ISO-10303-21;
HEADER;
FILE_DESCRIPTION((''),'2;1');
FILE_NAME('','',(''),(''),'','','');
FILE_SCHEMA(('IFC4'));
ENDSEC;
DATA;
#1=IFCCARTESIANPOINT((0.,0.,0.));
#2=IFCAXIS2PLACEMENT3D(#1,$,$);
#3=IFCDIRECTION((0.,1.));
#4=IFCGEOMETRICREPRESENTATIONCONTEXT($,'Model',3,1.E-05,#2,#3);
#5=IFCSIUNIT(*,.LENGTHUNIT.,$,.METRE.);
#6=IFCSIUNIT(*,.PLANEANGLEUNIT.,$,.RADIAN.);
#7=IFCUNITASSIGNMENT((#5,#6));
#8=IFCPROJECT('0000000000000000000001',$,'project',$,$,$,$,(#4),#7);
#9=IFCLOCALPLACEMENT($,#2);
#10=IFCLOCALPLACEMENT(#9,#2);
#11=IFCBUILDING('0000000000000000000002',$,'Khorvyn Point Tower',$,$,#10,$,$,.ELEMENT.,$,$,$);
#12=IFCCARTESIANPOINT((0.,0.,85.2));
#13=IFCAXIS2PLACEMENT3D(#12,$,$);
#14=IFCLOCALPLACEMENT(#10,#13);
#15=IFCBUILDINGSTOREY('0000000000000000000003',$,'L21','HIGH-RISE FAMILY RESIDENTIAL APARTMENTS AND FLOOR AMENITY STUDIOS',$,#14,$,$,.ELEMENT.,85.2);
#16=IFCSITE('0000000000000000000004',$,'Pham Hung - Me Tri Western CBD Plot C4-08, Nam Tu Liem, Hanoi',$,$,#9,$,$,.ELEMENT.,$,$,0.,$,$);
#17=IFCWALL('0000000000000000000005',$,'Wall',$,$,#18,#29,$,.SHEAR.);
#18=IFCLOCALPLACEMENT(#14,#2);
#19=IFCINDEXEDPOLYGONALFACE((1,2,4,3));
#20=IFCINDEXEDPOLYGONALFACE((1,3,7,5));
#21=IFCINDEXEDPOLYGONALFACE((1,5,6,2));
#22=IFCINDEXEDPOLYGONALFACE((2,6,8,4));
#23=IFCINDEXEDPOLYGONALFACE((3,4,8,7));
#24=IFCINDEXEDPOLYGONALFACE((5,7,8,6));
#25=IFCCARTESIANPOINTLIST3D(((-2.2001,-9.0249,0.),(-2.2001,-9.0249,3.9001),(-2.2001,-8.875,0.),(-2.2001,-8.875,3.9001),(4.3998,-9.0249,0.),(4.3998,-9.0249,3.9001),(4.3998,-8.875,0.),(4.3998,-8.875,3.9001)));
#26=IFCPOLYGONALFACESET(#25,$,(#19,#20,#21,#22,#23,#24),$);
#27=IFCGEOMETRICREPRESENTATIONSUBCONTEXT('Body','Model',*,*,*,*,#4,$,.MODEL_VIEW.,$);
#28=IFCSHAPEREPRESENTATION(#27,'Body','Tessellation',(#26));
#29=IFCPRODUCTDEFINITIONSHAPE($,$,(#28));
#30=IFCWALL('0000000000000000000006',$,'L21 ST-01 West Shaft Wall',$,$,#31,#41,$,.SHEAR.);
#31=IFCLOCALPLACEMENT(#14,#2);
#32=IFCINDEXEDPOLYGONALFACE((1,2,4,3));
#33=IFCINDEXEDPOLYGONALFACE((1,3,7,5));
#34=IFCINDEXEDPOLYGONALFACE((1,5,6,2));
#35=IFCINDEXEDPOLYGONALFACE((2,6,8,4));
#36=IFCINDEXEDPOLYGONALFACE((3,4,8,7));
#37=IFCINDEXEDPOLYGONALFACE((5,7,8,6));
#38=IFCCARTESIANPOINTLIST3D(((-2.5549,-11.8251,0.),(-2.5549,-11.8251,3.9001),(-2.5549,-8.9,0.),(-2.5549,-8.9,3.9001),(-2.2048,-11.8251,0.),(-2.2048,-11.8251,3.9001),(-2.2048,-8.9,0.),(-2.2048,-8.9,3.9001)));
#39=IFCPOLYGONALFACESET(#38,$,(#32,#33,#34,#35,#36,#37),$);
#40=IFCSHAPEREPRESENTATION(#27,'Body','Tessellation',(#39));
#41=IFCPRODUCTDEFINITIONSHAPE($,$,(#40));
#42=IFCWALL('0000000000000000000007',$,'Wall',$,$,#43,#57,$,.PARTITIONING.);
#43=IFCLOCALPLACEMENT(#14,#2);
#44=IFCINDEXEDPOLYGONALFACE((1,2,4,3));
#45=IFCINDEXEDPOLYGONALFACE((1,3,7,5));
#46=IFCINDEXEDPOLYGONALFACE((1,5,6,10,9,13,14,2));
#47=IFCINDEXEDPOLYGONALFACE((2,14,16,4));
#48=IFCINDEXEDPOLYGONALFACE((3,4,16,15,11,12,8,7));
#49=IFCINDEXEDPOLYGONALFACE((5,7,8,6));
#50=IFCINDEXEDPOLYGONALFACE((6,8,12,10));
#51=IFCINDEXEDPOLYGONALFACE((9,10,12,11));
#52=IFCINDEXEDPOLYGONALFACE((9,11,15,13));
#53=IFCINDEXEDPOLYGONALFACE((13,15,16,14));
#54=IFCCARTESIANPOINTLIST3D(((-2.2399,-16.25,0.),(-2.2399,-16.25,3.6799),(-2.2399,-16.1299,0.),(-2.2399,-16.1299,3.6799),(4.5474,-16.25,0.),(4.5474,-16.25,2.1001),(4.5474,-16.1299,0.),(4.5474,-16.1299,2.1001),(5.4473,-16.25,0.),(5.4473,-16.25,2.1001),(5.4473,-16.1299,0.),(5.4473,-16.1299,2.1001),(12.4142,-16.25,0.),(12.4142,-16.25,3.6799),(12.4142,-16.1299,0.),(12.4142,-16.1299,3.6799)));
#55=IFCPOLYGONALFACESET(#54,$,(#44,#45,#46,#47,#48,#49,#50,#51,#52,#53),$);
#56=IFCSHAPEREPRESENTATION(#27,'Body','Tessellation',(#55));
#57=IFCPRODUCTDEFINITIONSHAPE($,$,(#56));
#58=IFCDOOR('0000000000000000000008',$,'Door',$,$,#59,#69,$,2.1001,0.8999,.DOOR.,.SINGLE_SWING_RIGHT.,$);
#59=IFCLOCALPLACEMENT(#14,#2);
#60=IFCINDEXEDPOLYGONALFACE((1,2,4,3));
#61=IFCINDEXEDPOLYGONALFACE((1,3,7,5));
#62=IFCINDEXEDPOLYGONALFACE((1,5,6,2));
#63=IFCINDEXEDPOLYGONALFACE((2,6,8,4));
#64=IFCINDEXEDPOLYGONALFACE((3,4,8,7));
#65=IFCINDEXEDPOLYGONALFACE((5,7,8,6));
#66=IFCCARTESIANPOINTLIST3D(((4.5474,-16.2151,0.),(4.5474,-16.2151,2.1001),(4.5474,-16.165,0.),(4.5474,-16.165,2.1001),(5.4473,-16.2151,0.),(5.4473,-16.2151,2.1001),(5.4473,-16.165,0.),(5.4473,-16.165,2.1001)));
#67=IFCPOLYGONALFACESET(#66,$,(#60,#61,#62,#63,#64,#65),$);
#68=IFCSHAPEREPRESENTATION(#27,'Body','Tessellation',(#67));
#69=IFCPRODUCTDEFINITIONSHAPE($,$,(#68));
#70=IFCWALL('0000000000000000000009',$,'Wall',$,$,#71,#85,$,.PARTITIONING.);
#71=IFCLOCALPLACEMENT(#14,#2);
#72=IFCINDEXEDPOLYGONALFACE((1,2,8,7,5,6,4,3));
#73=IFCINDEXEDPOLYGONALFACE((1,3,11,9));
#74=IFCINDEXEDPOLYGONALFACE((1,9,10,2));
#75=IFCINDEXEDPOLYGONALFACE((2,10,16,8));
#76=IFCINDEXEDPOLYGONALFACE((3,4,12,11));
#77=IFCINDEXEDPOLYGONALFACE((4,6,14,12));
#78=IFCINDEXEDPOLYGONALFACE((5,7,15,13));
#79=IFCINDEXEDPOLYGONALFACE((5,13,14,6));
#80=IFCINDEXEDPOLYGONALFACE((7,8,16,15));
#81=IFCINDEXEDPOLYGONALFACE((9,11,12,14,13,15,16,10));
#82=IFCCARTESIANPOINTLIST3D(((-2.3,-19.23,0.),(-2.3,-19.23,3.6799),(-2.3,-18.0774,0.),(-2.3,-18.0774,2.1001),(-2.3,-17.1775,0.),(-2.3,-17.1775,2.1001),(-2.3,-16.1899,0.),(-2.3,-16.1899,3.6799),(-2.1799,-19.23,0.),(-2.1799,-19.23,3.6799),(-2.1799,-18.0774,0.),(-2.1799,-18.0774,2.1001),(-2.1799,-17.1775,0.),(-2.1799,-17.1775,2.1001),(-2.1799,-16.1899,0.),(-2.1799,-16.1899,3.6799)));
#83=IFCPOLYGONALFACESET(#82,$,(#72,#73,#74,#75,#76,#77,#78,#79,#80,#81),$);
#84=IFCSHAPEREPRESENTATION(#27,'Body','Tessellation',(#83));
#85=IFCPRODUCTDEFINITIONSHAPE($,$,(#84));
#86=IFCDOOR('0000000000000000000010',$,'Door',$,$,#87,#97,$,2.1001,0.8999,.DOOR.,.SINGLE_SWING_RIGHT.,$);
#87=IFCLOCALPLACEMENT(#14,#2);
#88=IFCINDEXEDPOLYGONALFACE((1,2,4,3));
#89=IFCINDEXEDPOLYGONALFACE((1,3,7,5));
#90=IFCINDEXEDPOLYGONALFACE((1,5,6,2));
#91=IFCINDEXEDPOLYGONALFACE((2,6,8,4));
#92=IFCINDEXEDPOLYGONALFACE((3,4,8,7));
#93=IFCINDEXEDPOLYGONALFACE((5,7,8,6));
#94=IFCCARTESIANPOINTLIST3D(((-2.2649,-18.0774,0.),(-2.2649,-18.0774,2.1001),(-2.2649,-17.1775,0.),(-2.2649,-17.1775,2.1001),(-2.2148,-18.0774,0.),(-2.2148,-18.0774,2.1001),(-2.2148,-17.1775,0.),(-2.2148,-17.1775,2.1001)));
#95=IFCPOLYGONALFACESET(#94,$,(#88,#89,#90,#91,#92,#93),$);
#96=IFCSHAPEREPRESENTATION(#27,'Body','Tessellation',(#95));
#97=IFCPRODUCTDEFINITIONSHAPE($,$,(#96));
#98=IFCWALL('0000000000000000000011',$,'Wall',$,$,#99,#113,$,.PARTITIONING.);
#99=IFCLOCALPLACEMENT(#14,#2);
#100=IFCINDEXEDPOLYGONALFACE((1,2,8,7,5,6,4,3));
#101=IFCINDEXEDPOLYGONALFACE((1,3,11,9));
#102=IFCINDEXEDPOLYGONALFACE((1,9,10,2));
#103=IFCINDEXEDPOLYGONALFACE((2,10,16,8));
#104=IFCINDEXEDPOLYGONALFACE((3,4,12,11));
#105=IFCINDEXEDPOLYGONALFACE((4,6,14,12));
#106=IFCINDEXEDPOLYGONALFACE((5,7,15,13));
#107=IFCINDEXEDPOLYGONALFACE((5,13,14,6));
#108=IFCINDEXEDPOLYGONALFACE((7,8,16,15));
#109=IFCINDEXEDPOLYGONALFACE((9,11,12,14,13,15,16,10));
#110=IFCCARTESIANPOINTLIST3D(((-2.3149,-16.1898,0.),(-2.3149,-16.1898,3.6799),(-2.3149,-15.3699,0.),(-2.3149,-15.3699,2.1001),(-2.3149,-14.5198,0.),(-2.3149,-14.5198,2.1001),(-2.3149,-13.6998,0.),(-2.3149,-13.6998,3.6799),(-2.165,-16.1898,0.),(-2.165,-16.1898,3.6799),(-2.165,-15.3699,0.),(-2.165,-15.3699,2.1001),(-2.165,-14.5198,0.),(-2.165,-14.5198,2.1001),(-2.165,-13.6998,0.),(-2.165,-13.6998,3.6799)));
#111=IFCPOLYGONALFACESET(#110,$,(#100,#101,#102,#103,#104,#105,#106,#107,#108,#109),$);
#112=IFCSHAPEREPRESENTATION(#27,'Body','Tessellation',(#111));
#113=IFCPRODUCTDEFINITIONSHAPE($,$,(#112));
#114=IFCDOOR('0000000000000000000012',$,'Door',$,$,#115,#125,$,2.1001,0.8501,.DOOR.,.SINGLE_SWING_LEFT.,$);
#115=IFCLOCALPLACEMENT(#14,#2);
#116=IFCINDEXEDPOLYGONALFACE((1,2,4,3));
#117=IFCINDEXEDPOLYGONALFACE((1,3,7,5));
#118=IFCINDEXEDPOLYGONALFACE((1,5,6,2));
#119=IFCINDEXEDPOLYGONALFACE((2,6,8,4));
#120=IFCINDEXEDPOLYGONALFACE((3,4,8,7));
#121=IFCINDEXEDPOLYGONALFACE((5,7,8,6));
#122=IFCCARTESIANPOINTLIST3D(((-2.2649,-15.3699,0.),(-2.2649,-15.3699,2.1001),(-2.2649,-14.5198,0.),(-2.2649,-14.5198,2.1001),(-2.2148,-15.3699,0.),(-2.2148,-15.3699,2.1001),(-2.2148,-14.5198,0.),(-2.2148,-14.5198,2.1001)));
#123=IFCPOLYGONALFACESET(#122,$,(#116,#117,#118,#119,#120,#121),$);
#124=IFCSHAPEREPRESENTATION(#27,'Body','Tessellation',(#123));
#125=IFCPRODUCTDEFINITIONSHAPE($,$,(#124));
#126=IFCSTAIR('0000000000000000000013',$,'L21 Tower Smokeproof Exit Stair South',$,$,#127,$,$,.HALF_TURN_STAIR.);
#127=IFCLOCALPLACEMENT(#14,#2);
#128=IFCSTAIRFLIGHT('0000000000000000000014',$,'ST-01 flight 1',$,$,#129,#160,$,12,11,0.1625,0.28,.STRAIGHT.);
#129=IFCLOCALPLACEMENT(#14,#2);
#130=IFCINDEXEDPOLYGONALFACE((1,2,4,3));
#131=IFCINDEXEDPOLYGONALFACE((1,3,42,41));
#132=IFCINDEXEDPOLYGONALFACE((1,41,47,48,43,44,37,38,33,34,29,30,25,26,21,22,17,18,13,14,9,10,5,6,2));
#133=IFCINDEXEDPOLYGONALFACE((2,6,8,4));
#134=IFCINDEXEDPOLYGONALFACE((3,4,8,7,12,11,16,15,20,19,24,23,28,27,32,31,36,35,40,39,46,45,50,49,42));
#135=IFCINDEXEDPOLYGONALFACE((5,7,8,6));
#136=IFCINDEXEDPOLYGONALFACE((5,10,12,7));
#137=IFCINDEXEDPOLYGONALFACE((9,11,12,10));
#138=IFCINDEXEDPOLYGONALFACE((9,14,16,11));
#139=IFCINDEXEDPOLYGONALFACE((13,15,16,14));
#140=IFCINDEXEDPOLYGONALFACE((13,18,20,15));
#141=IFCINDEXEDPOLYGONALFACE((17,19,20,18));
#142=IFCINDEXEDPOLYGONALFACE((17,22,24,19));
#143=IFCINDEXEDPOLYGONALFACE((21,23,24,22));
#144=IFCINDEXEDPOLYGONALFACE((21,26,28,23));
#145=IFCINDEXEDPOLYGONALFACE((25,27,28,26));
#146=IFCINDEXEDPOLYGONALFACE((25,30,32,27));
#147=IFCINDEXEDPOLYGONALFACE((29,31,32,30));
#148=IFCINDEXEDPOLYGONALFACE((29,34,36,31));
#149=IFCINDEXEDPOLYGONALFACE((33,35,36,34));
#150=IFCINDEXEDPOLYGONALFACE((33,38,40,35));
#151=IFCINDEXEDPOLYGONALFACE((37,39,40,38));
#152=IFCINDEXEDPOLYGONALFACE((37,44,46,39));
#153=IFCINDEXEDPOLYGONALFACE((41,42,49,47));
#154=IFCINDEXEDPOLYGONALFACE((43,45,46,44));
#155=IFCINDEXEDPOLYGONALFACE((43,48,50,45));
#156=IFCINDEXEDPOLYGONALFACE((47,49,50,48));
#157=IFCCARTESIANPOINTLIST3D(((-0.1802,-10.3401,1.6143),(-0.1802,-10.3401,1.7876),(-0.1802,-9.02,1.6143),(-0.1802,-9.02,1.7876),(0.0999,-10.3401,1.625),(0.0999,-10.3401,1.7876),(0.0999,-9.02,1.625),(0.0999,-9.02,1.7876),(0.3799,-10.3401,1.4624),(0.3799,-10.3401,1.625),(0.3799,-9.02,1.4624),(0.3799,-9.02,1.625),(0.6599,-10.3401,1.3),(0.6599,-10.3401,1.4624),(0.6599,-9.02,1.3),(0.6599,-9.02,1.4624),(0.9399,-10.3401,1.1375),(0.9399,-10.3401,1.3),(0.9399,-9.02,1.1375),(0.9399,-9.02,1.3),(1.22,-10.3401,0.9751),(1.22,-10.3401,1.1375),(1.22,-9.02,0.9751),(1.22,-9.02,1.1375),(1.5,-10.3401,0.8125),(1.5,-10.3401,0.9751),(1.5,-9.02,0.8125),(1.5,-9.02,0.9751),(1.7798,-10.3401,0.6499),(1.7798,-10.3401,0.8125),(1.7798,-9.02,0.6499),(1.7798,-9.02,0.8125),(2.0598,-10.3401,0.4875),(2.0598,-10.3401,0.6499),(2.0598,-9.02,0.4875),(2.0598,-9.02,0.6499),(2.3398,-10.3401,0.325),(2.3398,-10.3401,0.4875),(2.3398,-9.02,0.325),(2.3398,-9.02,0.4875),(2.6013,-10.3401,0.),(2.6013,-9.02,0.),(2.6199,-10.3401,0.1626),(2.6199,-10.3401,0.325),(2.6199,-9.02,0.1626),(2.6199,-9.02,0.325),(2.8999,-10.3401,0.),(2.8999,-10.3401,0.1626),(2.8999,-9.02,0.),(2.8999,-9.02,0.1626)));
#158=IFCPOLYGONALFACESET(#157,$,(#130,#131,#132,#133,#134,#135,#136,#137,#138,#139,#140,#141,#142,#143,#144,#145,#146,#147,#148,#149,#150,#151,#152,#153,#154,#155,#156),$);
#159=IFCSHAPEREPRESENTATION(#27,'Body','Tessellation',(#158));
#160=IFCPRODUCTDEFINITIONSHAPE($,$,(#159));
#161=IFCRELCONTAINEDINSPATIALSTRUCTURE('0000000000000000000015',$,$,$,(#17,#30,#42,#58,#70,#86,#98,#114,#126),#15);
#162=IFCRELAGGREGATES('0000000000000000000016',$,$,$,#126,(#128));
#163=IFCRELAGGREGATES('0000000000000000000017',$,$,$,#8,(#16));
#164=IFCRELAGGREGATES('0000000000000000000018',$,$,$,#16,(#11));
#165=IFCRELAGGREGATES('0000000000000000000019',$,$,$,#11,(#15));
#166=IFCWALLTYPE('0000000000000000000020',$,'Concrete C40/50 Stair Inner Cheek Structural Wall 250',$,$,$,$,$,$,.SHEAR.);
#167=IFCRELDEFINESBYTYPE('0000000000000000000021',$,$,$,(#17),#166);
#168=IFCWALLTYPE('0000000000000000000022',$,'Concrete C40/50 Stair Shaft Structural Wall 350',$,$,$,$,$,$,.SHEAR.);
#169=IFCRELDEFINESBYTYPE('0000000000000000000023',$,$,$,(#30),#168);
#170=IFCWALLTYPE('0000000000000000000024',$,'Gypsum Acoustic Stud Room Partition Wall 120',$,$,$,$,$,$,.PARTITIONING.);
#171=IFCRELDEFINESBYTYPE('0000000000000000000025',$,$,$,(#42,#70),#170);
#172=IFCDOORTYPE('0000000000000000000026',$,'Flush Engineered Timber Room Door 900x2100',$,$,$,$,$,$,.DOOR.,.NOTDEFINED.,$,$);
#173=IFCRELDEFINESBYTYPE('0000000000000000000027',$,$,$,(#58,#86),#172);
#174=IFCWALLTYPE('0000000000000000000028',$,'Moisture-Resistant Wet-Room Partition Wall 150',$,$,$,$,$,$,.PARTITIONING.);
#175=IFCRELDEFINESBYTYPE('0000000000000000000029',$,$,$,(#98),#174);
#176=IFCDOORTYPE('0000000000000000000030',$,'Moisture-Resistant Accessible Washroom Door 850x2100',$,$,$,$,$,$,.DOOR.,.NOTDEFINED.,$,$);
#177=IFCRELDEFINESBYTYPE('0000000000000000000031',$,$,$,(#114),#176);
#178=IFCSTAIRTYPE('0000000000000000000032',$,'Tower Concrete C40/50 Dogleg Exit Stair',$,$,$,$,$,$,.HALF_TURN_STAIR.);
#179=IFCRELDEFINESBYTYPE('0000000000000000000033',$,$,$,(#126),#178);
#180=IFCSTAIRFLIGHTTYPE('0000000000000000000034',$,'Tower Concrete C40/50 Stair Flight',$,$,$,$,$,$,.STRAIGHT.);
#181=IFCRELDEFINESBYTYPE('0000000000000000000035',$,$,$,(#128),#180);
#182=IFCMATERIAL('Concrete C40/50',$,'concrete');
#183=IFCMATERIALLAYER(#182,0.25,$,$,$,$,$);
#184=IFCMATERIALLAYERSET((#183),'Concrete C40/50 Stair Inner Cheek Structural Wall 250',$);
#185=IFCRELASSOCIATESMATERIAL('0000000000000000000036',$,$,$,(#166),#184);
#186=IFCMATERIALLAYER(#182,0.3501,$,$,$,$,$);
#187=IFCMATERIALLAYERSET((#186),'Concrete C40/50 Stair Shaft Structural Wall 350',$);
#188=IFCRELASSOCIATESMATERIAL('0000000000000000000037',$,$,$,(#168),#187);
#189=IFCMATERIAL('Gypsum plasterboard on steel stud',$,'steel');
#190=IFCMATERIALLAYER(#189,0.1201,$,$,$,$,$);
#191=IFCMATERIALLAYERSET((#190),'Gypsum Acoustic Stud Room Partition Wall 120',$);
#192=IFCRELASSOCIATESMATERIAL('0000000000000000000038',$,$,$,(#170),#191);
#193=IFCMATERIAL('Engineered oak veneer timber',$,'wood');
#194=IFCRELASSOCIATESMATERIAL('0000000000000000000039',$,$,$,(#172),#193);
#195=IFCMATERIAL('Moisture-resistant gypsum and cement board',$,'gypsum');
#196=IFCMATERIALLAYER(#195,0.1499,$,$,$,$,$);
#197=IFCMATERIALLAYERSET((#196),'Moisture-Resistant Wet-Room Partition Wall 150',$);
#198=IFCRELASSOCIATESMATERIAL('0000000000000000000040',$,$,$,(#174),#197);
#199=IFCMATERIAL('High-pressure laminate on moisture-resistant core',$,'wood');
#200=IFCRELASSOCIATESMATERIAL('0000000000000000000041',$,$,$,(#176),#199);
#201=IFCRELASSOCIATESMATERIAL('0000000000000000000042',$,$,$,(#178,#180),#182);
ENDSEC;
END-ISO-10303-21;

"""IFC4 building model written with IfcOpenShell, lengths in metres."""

from ifc_helpers import new_model, si_unit, direction, frame, frame_2d, origin, place, context, subcontext, project, spatial, polyline, rectangle, outline, extrude, material, layer, layer_set, type_object, element, fill, aggregate, save


model = new_model("IFC4")

# Units and contexts
model_context = context("Model", 3, precision=1e-05, world=origin(), true_north=direction((0.0, 1.0)))
body_context = subcontext(model_context, "Body", "Model", "MODEL_VIEW")
ifc_project = project(units=[si_unit("LENGTHUNIT", "METRE"), si_unit("PLANEANGLEUNIT", "RADIAN")], contexts=[model_context])

# Site, building, storey
site_placement = place(None, origin())
site = spatial("IfcSite", under=ifc_project, at=site_placement, Name="Pham Hung - Me Tri Western CBD Plot C4-08, Nam Tu Liem, Hanoi", CompositionType="ELEMENT", RefElevation=0.0)
building_placement = place(site_placement, origin())
building = spatial("IfcBuilding", under=site, at=building_placement, Name="Khorvyn Point Tower", CompositionType="ELEMENT")
storey_placement = place(building_placement, frame((0.0, 0.0, 85.2)))
storey = spatial("IfcBuildingStorey", under=building, at=storey_placement, Name="L21", Description="HIGH-RISE FAMILY RESIDENTIAL APARTMENTS AND FLOOR AMENITY STUDIOS", CompositionType="ELEMENT", Elevation=85.2)

# Shared definitions
ifc_material_1 = material(Name="Concrete C40/50", Category="concrete")

# Walls
ifc_layer_1 = layer(ifc_material_1, 0.25)
ifc_layer_set_1 = layer_set([ifc_layer_1], Name="Concrete C40/50 Stair Inner Cheek Structural Wall 250")
wall_type_1 = type_object("IfcWallType", Name="Concrete C40/50 Stair Inner Cheek Structural Wall 250", PredefinedType="SHEAR", material=ifc_layer_set_1)
wall_1_placement = place(storey_placement, frame((-2.2, -8.95, 0.0), z_axis=(0.0, 0.0, 1.0), x_axis=(1.0, 0.0, 0.0)))
element("IfcWall", 1, at=wall_1_placement, inside=storey, type_object=wall_type_1, Name="Wall", PredefinedType="SHEAR", context=body_context, shape_type="SweptSolid", body=[
    extrude(rectangle(XDim=6.5999, YDim=0.1499, at=frame_2d((3.2998, 0.0))), origin(), (0.0, 0.0, 1.0), 3.9001),
])
ifc_layer_2 = layer(ifc_material_1, 0.3501)
ifc_layer_set_2 = layer_set([ifc_layer_2], Name="Concrete C40/50 Stair Shaft Structural Wall 350")
wall_type_2 = type_object("IfcWallType", Name="Concrete C40/50 Stair Shaft Structural Wall 350", PredefinedType="SHEAR", material=ifc_layer_set_2)
wall_2_placement = place(storey_placement, frame((-2.3799, -11.825, 0.0), z_axis=(0.0, 0.0, 1.0), x_axis=(0.0, 1.0, 0.0)))
element("IfcWall", 2, at=wall_2_placement, inside=storey, type_object=wall_type_2, Name="L21 ST-01 West Shaft Wall", PredefinedType="SHEAR", context=body_context, shape_type="SweptSolid", body=[
    extrude(rectangle(XDim=2.925, YDim=0.3501, at=frame_2d((1.4624, 0.0))), origin(), (0.0, 0.0, 1.0), 3.9001),
])

# Walls, openings, doors
ifc_material_2 = material(Name="Gypsum plasterboard on steel stud", Category="steel")
ifc_layer_3 = layer(ifc_material_2, 0.1201)
ifc_layer_set_3 = layer_set([ifc_layer_3], Name="Gypsum Acoustic Stud Room Partition Wall 120")
wall_type_3 = type_object("IfcWallType", Name="Gypsum Acoustic Stud Room Partition Wall 120", PredefinedType="PARTITIONING", material=ifc_layer_set_3)
wall_3_placement = place(storey_placement, frame((-2.24, -16.1899, 0.0), z_axis=(0.0, 0.0, 1.0), x_axis=(1.0, 0.0, 0.0)))
wall_3 = element("IfcWall", 3, at=wall_3_placement, inside=storey, type_object=wall_type_3, Name="Wall", PredefinedType="PARTITIONING", context=body_context, shape_type="SweptSolid", body=[
    extrude(rectangle(XDim=14.6541, YDim=0.1201, at=frame_2d((7.3271, 0.0))), origin(), (0.0, 0.0, 1.0), 3.6799),
])
opening_1_placement = place(wall_3_placement, frame((6.7874, 0.0, 0.0)))
opening_1 = element("IfcOpeningElement", 4, at=opening_1_placement, cuts=wall_3, PredefinedType="OPENING", context=body_context, shape_type="SweptSolid", body=[
    extrude(rectangle(XDim=0.8999, YDim=2.1001, at=frame_2d((0.45, 1.05))), frame((0.0, 0.0701, 0.0), z_axis=(0.0, -1.0, 0.0), x_axis=(1.0, 0.0, 0.0)), (0.0, 0.0, 1.0), 0.1401),
])
ifc_material_3 = material(Name="Engineered oak veneer timber", Category="wood")
door_type_1 = type_object("IfcDoorType", Name="Flush Engineered Timber Room Door 900x2100", OperationType="NOTDEFINED", PredefinedType="DOOR", material=ifc_material_3)
door_1_placement = place(opening_1_placement, origin())
door_1 = element("IfcDoor", 5, at=door_1_placement, inside=storey, type_object=door_type_1, Name="Door", OperationType="SINGLE_SWING_RIGHT", OverallHeight=2.1001, OverallWidth=0.8999, PredefinedType="DOOR", context=body_context, shape_type="SweptSolid", body=[
    extrude(rectangle(XDim=0.8999, YDim=2.1001, at=frame_2d((0.45, 1.05))), frame((0.0, 0.0249, 0.0), z_axis=(0.0, -1.0, 0.0), x_axis=(1.0, 0.0, 0.0)), (0.0, 0.0, 1.0), 0.05),
])
fill(opening_1, door_1)
wall_4_placement = place(storey_placement, frame((-2.24, -19.23, 0.0), z_axis=(0.0, 0.0, 1.0), x_axis=(0.0, 1.0, 0.0)))
wall_4 = element("IfcWall", 6, at=wall_4_placement, inside=storey, type_object=wall_type_3, Name="Wall", PredefinedType="PARTITIONING", context=body_context, shape_type="SweptSolid", body=[
    extrude(rectangle(XDim=3.04, YDim=0.1201, at=frame_2d((1.52, 0.0))), origin(), (0.0, 0.0, 1.0), 3.6799),
])
opening_2_placement = place(wall_4_placement, frame((1.1526, 0.0, 0.0)))
opening_2 = element("IfcOpeningElement", 7, at=opening_2_placement, cuts=wall_4, PredefinedType="OPENING", context=body_context, shape_type="SweptSolid", body=[
    extrude(rectangle(XDim=0.8999, YDim=2.1001, at=frame_2d((0.45, 1.05))), frame((0.0, 0.0701, 0.0), z_axis=(0.0, -1.0, 0.0), x_axis=(1.0, 0.0, 0.0)), (0.0, 0.0, 1.0), 0.1401),
])
door_2_placement = place(opening_2_placement, origin())
door_2 = element("IfcDoor", 8, at=door_2_placement, inside=storey, type_object=door_type_1, Name="Door", OperationType="SINGLE_SWING_RIGHT", OverallHeight=2.1001, OverallWidth=0.8999, PredefinedType="DOOR", context=body_context, shape_type="SweptSolid", body=[
    extrude(rectangle(XDim=0.8999, YDim=2.1001, at=frame_2d((0.45, 1.05))), frame((0.0, 0.0249, 0.0), z_axis=(0.0, -1.0, 0.0), x_axis=(1.0, 0.0, 0.0)), (0.0, 0.0, 1.0), 0.05),
])
fill(opening_2, door_2)
ifc_material_4 = material(Name="Moisture-resistant gypsum and cement board", Category="gypsum")
ifc_layer_4 = layer(ifc_material_4, 0.1499)
ifc_layer_set_4 = layer_set([ifc_layer_4], Name="Moisture-Resistant Wet-Room Partition Wall 150")
wall_type_4 = type_object("IfcWallType", Name="Moisture-Resistant Wet-Room Partition Wall 150", PredefinedType="PARTITIONING", material=ifc_layer_set_4)
wall_5_placement = place(storey_placement, frame((-2.24, -16.1899, 0.0), z_axis=(0.0, 0.0, 1.0), x_axis=(0.0, 1.0, 0.0)))
wall_5 = element("IfcWall", 9, at=wall_5_placement, inside=storey, type_object=wall_type_4, Name="Wall", PredefinedType="PARTITIONING", context=body_context, shape_type="SweptSolid", body=[
    extrude(rectangle(XDim=2.49, YDim=0.1499, at=frame_2d((1.2451, 0.0))), origin(), (0.0, 0.0, 1.0), 3.6799),
])
opening_3_placement = place(wall_5_placement, frame((0.8201, 0.0, 0.0)))
opening_3 = element("IfcOpeningElement", 10, at=opening_3_placement, cuts=wall_5, PredefinedType="OPENING", context=body_context, shape_type="SweptSolid", body=[
    extrude(rectangle(XDim=0.8501, YDim=2.1001, at=frame_2d((0.425, 1.05))), frame((0.0, 0.085, 0.0), z_axis=(0.0, -1.0, 0.0), x_axis=(1.0, 0.0, 0.0)), (0.0, 0.0, 1.0), 0.1699),
])
ifc_material_5 = material(Name="High-pressure laminate on moisture-resistant core", Category="wood")
door_type_2 = type_object("IfcDoorType", Name="Moisture-Resistant Accessible Washroom Door 850x2100", OperationType="NOTDEFINED", PredefinedType="DOOR", material=ifc_material_5)
door_3_placement = place(opening_3_placement, origin())
door_3 = element("IfcDoor", 11, at=door_3_placement, inside=storey, type_object=door_type_2, Name="Door", OperationType="SINGLE_SWING_LEFT", OverallHeight=2.1001, OverallWidth=0.8501, PredefinedType="DOOR", context=body_context, shape_type="SweptSolid", body=[
    extrude(rectangle(XDim=0.8501, YDim=2.1001, at=frame_2d((0.425, 1.05))), frame((0.0, 0.0249, 0.0), z_axis=(0.0, -1.0, 0.0), x_axis=(1.0, 0.0, 0.0)), (0.0, 0.0, 1.0), 0.05),
])
fill(opening_3, door_3)

# Stair, stair flight
stair_type = type_object("IfcStairType", Name="Tower Concrete C40/50 Dogleg Exit Stair", PredefinedType="HALF_TURN_STAIR", material=ifc_material_1)
stair_placement = place(storey_placement, origin())
stair = element("IfcStair", 12, at=stair_placement, inside=storey, type_object=stair_type, Name="L21 Tower Smokeproof Exit Stair South", PredefinedType="HALF_TURN_STAIR")
stair_flight_type = type_object("IfcStairFlightType", Name="Tower Concrete C40/50 Stair Flight", PredefinedType="STRAIGHT", material=ifc_material_1)
stair_flight_1_placement = place(storey_placement, frame((2.8999, -9.6799, 0.0), z_axis=(0.0, 0.0, 1.0), x_axis=(-1.0, 0.0, 0.0)))
stair_flight_1 = element("IfcStairFlight", 13, at=stair_flight_1_placement, type_object=stair_flight_type, Name="ST-01 flight 1", NumberOfRisers=12, NumberOfTreads=11, PredefinedType="STRAIGHT", RiserHeight=0.1625, TreadLength=0.28, context=body_context, shape_type="SweptSolid", body=[
    extrude(outline(polyline([(0.0, 0.0), (0.0, 0.1626), (0.28, 0.1626), (0.28, 0.325), (0.5601, 0.325), (0.5601, 0.4875), (0.8401, 0.4875), (0.8401, 0.6499), (1.1201, 0.6499), (1.1201, 0.8125), (1.3999, 0.8125), (1.3999, 0.9751), (1.6799, 0.9751), (1.6799, 1.1375), (1.96, 1.1375), (1.96, 1.3), (2.24, 1.3), (2.24, 1.4624), (2.52, 1.4624), (2.52, 1.625), (2.8, 1.625), (2.8, 1.7876), (3.0801, 1.7876), (3.0801, 1.95), (3.0801, 1.6143), (0.2986, 0.0), (0.0, 0.0)])), frame((0.0, 0.6602, 0.0), z_axis=(0.0, -1.0, 0.0), x_axis=(1.0, 0.0, 0.0)), (0.0, 0.0, 1.0), 1.3201),
])
aggregate(stair, [stair_flight_1])

save(model, "model.ifc")
